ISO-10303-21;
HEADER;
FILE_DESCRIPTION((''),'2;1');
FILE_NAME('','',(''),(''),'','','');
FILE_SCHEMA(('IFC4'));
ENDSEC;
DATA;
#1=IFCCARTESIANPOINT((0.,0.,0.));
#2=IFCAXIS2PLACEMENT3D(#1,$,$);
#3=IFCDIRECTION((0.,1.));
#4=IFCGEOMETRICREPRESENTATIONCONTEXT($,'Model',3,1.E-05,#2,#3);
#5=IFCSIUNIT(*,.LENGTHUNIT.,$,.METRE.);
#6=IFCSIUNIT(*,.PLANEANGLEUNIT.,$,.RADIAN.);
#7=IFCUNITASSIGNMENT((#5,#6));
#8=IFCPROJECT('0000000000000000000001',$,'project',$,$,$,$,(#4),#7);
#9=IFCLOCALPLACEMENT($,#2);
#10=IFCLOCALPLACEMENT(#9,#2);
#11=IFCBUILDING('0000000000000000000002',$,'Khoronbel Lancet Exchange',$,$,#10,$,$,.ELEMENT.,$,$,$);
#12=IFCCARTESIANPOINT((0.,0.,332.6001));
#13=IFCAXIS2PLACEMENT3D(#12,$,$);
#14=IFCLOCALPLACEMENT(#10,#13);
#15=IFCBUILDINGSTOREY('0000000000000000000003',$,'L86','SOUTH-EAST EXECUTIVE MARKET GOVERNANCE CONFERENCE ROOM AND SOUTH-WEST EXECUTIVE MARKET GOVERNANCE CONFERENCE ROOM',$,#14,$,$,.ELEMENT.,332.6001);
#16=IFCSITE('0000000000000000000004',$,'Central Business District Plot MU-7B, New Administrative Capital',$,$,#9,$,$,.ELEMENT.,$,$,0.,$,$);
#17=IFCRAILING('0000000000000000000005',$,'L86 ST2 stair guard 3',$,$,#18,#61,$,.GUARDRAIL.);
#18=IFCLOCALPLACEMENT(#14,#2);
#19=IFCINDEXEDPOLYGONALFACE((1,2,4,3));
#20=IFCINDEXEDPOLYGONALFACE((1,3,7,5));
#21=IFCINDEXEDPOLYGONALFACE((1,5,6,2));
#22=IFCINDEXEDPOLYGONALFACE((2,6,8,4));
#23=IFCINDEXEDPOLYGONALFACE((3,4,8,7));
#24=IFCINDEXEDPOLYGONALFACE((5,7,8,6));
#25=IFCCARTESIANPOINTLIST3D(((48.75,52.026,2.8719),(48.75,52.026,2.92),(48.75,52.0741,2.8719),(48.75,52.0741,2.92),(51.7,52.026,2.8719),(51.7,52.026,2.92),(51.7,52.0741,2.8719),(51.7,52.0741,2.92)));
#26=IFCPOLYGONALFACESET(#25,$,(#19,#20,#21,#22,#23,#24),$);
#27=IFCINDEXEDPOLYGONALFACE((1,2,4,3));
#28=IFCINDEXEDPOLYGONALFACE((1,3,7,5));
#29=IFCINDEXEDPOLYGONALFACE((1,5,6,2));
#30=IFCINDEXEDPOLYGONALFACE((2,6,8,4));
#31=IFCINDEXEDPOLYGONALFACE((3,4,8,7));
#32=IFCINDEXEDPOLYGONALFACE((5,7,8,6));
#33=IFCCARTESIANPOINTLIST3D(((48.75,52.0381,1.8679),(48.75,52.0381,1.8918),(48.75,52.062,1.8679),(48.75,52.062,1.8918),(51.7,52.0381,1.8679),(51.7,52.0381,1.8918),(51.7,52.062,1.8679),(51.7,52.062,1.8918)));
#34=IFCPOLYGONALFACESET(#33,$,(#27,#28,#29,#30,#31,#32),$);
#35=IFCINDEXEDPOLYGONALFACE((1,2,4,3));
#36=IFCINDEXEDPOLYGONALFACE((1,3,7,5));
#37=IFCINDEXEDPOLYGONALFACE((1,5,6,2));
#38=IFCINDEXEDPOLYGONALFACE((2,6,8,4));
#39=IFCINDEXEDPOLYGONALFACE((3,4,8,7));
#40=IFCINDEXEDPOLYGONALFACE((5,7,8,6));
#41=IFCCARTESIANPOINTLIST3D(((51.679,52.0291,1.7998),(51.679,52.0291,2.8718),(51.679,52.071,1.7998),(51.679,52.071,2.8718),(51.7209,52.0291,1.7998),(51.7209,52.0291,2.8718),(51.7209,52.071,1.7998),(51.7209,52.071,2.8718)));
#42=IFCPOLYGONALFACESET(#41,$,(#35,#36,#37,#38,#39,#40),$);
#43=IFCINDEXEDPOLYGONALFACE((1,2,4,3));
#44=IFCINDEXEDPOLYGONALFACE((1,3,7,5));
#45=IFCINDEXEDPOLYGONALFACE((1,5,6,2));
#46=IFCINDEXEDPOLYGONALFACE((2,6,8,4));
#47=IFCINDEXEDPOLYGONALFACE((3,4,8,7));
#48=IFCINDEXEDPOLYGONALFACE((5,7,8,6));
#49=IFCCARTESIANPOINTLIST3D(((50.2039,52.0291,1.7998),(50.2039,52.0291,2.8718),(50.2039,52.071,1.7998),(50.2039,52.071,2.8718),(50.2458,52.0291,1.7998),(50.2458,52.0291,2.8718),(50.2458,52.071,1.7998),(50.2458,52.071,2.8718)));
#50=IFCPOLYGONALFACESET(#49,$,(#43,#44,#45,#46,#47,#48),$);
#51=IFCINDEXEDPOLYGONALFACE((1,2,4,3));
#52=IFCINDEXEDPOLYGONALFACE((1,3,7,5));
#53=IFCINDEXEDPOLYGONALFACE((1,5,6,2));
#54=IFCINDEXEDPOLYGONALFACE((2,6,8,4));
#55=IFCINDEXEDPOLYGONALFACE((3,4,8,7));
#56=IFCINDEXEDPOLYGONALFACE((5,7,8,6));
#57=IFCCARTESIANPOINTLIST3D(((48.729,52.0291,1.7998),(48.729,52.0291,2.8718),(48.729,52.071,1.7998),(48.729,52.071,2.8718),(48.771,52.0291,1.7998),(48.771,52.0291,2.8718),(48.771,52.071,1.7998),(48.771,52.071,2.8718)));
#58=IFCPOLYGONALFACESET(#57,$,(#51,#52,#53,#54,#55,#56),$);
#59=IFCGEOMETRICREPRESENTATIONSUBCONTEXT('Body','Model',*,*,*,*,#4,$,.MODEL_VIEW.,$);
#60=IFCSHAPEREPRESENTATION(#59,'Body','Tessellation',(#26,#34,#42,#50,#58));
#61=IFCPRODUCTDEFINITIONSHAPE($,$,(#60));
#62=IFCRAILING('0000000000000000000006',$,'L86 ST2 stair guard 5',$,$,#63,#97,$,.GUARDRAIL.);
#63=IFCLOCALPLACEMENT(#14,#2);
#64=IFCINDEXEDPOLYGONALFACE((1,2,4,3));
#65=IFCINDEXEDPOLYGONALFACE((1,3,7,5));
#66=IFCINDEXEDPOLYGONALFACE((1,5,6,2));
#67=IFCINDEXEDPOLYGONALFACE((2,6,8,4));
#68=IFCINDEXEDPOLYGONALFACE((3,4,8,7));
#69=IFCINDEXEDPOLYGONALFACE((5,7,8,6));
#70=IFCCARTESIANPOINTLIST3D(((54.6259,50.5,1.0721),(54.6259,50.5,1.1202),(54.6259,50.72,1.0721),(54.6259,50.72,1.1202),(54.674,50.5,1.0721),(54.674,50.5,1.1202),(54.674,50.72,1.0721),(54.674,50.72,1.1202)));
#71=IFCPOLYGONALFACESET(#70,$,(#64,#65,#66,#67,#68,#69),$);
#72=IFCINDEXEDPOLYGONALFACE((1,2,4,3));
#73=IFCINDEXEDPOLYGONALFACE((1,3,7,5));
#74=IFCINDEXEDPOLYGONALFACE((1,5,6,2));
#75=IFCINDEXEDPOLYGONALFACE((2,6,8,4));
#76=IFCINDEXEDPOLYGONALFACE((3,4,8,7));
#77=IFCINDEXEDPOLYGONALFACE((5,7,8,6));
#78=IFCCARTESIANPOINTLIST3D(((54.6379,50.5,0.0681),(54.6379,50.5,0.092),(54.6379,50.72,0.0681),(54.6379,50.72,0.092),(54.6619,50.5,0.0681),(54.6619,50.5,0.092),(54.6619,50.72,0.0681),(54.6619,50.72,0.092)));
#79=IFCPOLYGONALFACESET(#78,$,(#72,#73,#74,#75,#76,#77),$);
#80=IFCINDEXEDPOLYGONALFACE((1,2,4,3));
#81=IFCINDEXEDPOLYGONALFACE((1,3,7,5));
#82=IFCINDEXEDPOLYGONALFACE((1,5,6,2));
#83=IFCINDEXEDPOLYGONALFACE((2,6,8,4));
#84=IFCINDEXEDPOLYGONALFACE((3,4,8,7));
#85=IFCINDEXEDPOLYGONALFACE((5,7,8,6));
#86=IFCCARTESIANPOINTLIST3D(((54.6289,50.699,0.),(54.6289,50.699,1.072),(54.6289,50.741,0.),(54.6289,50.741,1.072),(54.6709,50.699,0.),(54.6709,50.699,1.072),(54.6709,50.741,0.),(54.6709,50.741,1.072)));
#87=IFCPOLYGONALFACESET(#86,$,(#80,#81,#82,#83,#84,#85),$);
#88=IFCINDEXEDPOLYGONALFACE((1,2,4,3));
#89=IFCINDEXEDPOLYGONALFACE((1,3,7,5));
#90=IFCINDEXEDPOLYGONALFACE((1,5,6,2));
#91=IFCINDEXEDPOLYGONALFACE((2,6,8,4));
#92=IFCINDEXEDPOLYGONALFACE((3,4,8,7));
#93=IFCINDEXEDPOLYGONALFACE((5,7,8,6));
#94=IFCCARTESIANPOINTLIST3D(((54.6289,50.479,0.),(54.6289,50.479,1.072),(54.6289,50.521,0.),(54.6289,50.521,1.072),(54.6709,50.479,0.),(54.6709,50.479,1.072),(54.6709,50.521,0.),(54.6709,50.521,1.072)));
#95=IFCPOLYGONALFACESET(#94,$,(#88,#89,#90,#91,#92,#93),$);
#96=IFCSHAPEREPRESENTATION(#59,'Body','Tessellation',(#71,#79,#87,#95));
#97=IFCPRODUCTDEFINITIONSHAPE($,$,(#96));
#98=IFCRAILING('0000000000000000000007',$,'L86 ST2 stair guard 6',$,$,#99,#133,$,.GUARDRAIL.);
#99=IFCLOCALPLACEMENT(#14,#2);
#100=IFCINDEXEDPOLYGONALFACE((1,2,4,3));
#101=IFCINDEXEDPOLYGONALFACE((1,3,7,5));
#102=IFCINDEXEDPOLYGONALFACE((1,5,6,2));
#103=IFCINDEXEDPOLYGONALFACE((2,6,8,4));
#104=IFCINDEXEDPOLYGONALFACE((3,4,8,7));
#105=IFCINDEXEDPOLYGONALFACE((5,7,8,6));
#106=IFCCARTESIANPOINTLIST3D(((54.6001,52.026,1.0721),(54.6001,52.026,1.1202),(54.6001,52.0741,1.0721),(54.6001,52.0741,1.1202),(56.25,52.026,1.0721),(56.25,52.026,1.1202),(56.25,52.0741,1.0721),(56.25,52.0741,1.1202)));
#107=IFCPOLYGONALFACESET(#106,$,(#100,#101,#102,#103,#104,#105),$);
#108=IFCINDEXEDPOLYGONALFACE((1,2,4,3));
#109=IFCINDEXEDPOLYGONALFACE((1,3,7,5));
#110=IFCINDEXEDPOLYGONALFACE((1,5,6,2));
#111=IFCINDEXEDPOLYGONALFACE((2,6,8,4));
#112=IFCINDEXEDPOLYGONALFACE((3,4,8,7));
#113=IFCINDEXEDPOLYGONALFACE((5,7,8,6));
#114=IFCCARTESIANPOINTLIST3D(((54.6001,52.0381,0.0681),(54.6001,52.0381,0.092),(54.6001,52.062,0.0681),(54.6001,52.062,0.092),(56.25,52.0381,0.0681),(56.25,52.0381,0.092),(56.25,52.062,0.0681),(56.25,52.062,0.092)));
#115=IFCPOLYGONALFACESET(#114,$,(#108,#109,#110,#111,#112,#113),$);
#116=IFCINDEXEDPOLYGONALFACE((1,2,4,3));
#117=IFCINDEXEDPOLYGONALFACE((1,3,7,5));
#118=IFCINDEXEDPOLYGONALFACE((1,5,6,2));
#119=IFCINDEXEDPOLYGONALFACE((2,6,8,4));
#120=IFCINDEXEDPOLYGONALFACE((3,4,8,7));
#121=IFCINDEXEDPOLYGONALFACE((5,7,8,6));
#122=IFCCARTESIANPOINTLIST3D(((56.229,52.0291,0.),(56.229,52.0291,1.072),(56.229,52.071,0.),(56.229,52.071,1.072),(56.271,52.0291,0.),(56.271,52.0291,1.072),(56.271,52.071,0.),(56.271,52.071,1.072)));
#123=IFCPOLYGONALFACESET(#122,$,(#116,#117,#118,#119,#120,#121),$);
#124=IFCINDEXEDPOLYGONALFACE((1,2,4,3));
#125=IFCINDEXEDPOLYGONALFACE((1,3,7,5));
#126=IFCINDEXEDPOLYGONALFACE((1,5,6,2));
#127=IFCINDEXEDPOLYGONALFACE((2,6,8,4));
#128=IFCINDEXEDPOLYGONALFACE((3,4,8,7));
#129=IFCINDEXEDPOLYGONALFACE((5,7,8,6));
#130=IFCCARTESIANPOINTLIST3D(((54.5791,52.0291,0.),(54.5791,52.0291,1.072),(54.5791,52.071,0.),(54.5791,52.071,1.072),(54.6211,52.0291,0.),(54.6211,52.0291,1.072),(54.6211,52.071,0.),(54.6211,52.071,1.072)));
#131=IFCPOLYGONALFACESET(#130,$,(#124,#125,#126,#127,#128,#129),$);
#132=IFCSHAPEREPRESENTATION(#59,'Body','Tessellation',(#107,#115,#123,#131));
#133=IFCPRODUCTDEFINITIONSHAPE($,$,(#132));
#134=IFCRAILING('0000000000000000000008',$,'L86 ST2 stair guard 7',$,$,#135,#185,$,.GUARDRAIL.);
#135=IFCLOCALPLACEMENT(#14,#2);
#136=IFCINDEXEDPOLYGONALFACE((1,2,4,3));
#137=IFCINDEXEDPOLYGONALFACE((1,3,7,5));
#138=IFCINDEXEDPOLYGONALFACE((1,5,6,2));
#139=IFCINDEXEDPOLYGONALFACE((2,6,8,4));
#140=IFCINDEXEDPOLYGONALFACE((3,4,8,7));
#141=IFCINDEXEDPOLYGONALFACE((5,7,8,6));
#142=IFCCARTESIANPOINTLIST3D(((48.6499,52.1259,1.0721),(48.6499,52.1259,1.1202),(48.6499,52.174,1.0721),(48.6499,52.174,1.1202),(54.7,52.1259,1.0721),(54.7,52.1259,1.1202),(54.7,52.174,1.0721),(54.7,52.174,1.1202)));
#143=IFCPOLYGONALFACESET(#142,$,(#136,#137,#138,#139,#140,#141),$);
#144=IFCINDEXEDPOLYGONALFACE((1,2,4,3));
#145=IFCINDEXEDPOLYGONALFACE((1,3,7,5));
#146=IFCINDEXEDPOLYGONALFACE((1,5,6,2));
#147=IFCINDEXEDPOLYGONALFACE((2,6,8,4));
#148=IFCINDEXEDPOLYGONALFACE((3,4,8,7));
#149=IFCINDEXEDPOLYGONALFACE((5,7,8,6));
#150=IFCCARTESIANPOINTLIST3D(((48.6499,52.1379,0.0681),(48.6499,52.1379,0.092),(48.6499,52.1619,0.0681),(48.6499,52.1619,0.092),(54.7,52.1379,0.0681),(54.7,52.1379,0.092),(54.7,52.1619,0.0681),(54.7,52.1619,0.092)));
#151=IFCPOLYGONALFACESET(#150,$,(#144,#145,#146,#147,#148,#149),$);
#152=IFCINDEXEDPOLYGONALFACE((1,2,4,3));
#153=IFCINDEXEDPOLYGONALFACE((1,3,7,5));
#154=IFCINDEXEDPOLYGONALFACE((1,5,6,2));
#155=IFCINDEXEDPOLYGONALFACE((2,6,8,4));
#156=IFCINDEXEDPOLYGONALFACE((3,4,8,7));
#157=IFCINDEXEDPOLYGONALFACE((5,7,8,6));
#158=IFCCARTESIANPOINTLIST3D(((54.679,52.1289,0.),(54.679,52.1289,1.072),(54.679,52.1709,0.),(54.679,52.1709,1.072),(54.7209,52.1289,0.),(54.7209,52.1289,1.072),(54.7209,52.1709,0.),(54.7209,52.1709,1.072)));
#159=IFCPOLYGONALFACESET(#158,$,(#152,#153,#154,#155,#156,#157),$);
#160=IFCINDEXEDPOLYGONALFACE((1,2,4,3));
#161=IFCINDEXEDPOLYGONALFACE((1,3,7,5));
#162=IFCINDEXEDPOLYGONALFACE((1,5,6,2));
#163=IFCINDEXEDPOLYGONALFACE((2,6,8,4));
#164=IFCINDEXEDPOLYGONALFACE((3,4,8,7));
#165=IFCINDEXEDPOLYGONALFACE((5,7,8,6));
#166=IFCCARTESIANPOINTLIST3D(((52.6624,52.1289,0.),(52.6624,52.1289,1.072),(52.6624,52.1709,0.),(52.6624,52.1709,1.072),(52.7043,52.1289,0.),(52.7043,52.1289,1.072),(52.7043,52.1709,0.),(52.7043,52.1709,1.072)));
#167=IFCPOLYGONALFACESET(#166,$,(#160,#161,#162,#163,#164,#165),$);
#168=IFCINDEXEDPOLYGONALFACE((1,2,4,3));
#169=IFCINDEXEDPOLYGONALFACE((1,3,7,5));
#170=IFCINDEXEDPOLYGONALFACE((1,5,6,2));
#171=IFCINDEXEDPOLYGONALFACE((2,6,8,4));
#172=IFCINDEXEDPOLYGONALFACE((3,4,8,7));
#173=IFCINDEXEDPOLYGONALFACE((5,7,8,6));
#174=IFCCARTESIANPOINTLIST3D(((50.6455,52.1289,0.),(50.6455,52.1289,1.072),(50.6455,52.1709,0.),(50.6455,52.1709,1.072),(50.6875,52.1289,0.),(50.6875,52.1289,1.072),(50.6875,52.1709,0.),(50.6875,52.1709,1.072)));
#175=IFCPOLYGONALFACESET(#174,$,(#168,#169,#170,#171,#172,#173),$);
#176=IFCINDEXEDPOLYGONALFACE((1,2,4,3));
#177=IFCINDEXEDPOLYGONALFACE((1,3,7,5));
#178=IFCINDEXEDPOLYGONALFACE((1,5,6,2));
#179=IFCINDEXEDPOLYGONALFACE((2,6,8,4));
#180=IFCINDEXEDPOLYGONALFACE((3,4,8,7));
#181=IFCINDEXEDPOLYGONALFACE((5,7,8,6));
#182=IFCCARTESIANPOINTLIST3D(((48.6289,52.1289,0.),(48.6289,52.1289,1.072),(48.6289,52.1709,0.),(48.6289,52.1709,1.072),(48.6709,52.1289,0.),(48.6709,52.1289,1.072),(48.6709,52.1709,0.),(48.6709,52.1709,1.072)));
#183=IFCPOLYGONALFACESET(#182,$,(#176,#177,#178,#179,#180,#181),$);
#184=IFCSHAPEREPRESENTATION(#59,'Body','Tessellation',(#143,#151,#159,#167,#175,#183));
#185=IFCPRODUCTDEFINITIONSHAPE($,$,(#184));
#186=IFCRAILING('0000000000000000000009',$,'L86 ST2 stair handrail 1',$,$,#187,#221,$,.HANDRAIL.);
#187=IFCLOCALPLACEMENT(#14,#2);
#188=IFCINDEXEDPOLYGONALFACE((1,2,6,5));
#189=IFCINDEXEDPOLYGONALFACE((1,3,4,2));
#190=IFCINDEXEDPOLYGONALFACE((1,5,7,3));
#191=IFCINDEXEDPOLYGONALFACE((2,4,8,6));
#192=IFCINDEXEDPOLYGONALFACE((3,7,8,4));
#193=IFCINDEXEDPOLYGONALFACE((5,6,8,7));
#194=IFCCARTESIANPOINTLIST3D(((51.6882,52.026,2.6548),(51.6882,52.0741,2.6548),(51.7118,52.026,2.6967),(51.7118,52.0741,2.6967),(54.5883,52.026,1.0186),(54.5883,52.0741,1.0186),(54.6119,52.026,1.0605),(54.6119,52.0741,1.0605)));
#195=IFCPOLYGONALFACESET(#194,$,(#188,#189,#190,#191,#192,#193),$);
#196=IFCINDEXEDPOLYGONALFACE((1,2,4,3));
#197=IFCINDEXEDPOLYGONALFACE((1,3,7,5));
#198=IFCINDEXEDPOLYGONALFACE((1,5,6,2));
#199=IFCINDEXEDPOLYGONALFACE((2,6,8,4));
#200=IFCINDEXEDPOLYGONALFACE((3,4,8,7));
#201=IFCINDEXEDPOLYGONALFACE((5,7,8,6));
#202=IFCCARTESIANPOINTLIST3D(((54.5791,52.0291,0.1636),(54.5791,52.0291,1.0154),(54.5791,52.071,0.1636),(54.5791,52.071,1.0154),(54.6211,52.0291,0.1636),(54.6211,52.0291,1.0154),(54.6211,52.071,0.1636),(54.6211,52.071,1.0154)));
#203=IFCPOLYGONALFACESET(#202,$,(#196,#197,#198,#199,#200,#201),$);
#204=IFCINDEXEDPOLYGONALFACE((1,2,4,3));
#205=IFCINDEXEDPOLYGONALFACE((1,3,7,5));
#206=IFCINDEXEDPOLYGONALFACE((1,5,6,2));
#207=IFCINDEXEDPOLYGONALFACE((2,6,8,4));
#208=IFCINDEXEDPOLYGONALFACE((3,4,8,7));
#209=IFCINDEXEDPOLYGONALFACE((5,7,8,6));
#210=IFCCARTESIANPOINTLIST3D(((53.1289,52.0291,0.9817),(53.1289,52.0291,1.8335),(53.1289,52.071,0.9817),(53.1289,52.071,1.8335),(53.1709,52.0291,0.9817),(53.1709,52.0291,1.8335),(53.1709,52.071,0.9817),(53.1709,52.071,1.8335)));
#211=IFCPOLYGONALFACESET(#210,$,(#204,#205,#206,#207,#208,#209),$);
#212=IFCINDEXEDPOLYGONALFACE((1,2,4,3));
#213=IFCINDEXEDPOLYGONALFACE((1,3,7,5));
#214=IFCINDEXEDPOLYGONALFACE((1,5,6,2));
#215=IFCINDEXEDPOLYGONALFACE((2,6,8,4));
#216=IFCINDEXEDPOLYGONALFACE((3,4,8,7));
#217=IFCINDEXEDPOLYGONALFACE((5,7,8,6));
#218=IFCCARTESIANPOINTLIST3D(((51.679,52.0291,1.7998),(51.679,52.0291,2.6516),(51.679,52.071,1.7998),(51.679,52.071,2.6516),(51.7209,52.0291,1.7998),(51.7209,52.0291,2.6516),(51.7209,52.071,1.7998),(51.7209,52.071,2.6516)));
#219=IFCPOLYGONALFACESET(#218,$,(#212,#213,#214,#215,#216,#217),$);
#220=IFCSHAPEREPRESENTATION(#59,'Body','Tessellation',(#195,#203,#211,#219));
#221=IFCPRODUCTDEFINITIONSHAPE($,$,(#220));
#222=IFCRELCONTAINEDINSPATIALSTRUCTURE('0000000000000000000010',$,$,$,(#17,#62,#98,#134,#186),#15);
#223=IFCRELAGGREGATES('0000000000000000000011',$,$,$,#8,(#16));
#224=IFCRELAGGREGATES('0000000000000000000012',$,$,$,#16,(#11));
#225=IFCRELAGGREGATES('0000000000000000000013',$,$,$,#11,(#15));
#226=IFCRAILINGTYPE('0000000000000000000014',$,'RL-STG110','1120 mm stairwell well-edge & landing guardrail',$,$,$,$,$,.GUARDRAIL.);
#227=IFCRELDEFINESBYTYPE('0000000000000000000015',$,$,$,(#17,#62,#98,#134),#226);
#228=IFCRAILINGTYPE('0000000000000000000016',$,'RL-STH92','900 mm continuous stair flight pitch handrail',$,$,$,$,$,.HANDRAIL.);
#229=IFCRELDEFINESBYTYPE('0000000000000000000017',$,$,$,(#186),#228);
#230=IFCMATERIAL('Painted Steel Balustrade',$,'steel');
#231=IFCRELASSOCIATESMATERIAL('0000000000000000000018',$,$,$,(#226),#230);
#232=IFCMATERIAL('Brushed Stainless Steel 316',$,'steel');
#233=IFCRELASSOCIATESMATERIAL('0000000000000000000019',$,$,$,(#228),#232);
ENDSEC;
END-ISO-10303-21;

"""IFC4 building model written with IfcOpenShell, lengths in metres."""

from ifc_helpers import new_model, si_unit, direction, frame, origin, origin_2d, place, context, subcontext, project, spatial, rectangle, extrude, material, type_object, element, save


model = new_model("IFC4")

# Units and contexts
model_context = context("Model", 3, precision=1e-05, world=origin(), true_north=direction((0.0, 1.0)))
body_context = subcontext(model_context, "Body", "Model", "MODEL_VIEW")
ifc_project = project(units=[si_unit("LENGTHUNIT", "METRE"), si_unit("PLANEANGLEUNIT", "RADIAN")], contexts=[model_context])

# Site, building, storey
site_placement = place(None, origin())
site = spatial("IfcSite", under=ifc_project, at=site_placement, Name="Central Business District Plot MU-7B, New Administrative Capital", CompositionType="ELEMENT", RefElevation=0.0)
building_placement = place(site_placement, origin())
building = spatial("IfcBuilding", under=site, at=building_placement, Name="Khoronbel Lancet Exchange", CompositionType="ELEMENT")
storey_placement = place(building_placement, frame((0.0, 0.0, 332.6001)))
storey = spatial("IfcBuildingStorey", under=building, at=storey_placement, Name="L86", Description="SOUTH-EAST EXECUTIVE MARKET GOVERNANCE CONFERENCE ROOM AND SOUTH-WEST EXECUTIVE MARKET GOVERNANCE CONFERENCE ROOM", CompositionType="ELEMENT", Elevation=332.6001)

# Railings
ifc_material_1 = material(Name="Painted Steel Balustrade", Category="steel")
railing_type_1 = type_object("IfcRailingType", Name="RL-STG110", Description="1120 mm stairwell well-edge & landing guardrail", PredefinedType="GUARDRAIL", material=ifc_material_1)
railing_1_placement = place(storey_placement, frame((51.7, 52.05, 1.7998)))
element("IfcRailing", 1, at=railing_1_placement, inside=storey, type_object=railing_type_1, Name="L86 ST2 stair guard 3", PredefinedType="GUARDRAIL", context=body_context, shape_type="SweptSolid", body=[
    extrude(rectangle(XDim=0.0481, YDim=0.0481, at=origin_2d()), frame((0.0, 0.0, 1.0962), z_axis=(-1.0, 0.0, 0.0), x_axis=(0.0, -1.0, 0.0)), (0.0, 0.0, 1.0), 2.95),
    extrude(rectangle(XDim=0.0239, YDim=0.0239, at=origin_2d()), frame((0.0, 0.0, 0.0801), z_axis=(-1.0, 0.0, 0.0), x_axis=(0.0, -1.0, 0.0)), (0.0, 0.0, 1.0), 2.95),
    extrude(rectangle(XDim=0.042, YDim=0.042, at=origin_2d()), origin(), (0.0, 0.0, 1.0), 1.072),
    extrude(rectangle(XDim=0.042, YDim=0.042, at=origin_2d()), frame((-1.4751, 0.0, 0.0)), (0.0, 0.0, 1.0), 1.072),
    extrude(rectangle(XDim=0.042, YDim=0.042, at=origin_2d()), frame((-2.95, 0.0, 0.0)), (0.0, 0.0, 1.0), 1.072),
])
railing_2_placement = place(storey_placement, frame((54.6499, 50.72, 0.0)))
element("IfcRailing", 2, at=railing_2_placement, inside=storey, type_object=railing_type_1, Name="L86 ST2 stair guard 5", PredefinedType="GUARDRAIL", context=body_context, shape_type="SweptSolid", body=[
    extrude(rectangle(XDim=0.0481, YDim=0.0481, at=origin_2d()), frame((0.0, 0.0, 1.0962), z_axis=(0.0, -1.0, 0.0), x_axis=(1.0, 0.0, 0.0)), (0.0, 0.0, 1.0), 0.22),
    extrude(rectangle(XDim=0.0239, YDim=0.0239, at=origin_2d()), frame((0.0, 0.0, 0.0801), z_axis=(0.0, -1.0, 0.0), x_axis=(1.0, 0.0, 0.0)), (0.0, 0.0, 1.0), 0.22),
    extrude(rectangle(XDim=0.042, YDim=0.042, at=origin_2d()), origin(), (0.0, 0.0, 1.0), 1.072),
    extrude(rectangle(XDim=0.042, YDim=0.042, at=origin_2d()), frame((0.0, -0.22, 0.0)), (0.0, 0.0, 1.0), 1.072),
])
railing_3_placement = place(storey_placement, frame((56.25, 52.05, 0.0)))
element("IfcRailing", 3, at=railing_3_placement, inside=storey, type_object=railing_type_1, Name="L86 ST2 stair guard 6", PredefinedType="GUARDRAIL", context=body_context, shape_type="SweptSolid", body=[
    extrude(rectangle(XDim=0.0481, YDim=0.0481, at=origin_2d()), frame((0.0, 0.0, 1.0962), z_axis=(-1.0, 0.0, 0.0), x_axis=(0.0, -1.0, 0.0)), (0.0, 0.0, 1.0), 1.6499),
    extrude(rectangle(XDim=0.0239, YDim=0.0239, at=origin_2d()), frame((0.0, 0.0, 0.0801), z_axis=(-1.0, 0.0, 0.0), x_axis=(0.0, -1.0, 0.0)), (0.0, 0.0, 1.0), 1.6499),
    extrude(rectangle(XDim=0.042, YDim=0.042, at=origin_2d()), origin(), (0.0, 0.0, 1.0), 1.072),
    extrude(rectangle(XDim=0.042, YDim=0.042, at=origin_2d()), frame((-1.6499, 0.0, 0.0)), (0.0, 0.0, 1.0), 1.072),
])
railing_4_placement = place(storey_placement, frame((54.7, 52.1499, 0.0)))
element("IfcRailing", 4, at=railing_4_placement, inside=storey, type_object=railing_type_1, Name="L86 ST2 stair guard 7", PredefinedType="GUARDRAIL", context=body_context, shape_type="SweptSolid", body=[
    extrude(rectangle(XDim=0.0481, YDim=0.0481, at=origin_2d()), frame((0.0, 0.0, 1.0962), z_axis=(-1.0, 0.0, 0.0), x_axis=(0.0, -1.0, 0.0)), (0.0, 0.0, 1.0), 6.05),
    extrude(rectangle(XDim=0.0239, YDim=0.0239, at=origin_2d()), frame((0.0, 0.0, 0.0801), z_axis=(-1.0, 0.0, 0.0), x_axis=(0.0, -1.0, 0.0)), (0.0, 0.0, 1.0), 6.05),
    extrude(rectangle(XDim=0.042, YDim=0.042, at=origin_2d()), origin(), (0.0, 0.0, 1.0), 1.072),
    extrude(rectangle(XDim=0.042, YDim=0.042, at=origin_2d()), frame((-2.0166, 0.0, 0.0)), (0.0, 0.0, 1.0), 1.072),
    extrude(rectangle(XDim=0.042, YDim=0.042, at=origin_2d()), frame((-4.0334, 0.0, 0.0)), (0.0, 0.0, 1.0), 1.072),
    extrude(rectangle(XDim=0.042, YDim=0.042, at=origin_2d()), frame((-6.05, 0.0, 0.0)), (0.0, 0.0, 1.0), 1.072),
])
ifc_material_2 = material(Name="Brushed Stainless Steel 316", Category="steel")
railing_type_2 = type_object("IfcRailingType", Name="RL-STH92", Description="900 mm continuous stair flight pitch handrail", PredefinedType="HANDRAIL", material=ifc_material_2)
railing_5_placement = place(storey_placement, frame((54.6001, 52.05, 0.1636)))
element("IfcRailing", 5, at=railing_5_placement, inside=storey, type_object=railing_type_2, Name="L86 ST2 stair handrail 1", PredefinedType="HANDRAIL", context=body_context, shape_type="SweptSolid", body=[
    extrude(rectangle(XDim=0.0481, YDim=0.0481, at=origin_2d()), frame((0.0, 0.0, 0.876), z_axis=(-0.870946, 0.0, 0.491378), x_axis=(0.0, -1.0, 0.0)), (0.0, 0.0, 1.0), 3.3298),
    extrude(rectangle(XDim=0.042, YDim=0.042, at=origin_2d()), origin(), (0.0, 0.0, 1.0), 0.8518),
    extrude(rectangle(XDim=0.042, YDim=0.042, at=origin_2d()), frame((-1.4502, 0.0, 0.8181)), (0.0, 0.0, 1.0), 0.8518),
    extrude(rectangle(XDim=0.042, YDim=0.042, at=origin_2d()), frame((-2.9001, 0.0, 1.6362)), (0.0, 0.0, 1.0), 0.8518),
])

save(model, "model.ifc")
